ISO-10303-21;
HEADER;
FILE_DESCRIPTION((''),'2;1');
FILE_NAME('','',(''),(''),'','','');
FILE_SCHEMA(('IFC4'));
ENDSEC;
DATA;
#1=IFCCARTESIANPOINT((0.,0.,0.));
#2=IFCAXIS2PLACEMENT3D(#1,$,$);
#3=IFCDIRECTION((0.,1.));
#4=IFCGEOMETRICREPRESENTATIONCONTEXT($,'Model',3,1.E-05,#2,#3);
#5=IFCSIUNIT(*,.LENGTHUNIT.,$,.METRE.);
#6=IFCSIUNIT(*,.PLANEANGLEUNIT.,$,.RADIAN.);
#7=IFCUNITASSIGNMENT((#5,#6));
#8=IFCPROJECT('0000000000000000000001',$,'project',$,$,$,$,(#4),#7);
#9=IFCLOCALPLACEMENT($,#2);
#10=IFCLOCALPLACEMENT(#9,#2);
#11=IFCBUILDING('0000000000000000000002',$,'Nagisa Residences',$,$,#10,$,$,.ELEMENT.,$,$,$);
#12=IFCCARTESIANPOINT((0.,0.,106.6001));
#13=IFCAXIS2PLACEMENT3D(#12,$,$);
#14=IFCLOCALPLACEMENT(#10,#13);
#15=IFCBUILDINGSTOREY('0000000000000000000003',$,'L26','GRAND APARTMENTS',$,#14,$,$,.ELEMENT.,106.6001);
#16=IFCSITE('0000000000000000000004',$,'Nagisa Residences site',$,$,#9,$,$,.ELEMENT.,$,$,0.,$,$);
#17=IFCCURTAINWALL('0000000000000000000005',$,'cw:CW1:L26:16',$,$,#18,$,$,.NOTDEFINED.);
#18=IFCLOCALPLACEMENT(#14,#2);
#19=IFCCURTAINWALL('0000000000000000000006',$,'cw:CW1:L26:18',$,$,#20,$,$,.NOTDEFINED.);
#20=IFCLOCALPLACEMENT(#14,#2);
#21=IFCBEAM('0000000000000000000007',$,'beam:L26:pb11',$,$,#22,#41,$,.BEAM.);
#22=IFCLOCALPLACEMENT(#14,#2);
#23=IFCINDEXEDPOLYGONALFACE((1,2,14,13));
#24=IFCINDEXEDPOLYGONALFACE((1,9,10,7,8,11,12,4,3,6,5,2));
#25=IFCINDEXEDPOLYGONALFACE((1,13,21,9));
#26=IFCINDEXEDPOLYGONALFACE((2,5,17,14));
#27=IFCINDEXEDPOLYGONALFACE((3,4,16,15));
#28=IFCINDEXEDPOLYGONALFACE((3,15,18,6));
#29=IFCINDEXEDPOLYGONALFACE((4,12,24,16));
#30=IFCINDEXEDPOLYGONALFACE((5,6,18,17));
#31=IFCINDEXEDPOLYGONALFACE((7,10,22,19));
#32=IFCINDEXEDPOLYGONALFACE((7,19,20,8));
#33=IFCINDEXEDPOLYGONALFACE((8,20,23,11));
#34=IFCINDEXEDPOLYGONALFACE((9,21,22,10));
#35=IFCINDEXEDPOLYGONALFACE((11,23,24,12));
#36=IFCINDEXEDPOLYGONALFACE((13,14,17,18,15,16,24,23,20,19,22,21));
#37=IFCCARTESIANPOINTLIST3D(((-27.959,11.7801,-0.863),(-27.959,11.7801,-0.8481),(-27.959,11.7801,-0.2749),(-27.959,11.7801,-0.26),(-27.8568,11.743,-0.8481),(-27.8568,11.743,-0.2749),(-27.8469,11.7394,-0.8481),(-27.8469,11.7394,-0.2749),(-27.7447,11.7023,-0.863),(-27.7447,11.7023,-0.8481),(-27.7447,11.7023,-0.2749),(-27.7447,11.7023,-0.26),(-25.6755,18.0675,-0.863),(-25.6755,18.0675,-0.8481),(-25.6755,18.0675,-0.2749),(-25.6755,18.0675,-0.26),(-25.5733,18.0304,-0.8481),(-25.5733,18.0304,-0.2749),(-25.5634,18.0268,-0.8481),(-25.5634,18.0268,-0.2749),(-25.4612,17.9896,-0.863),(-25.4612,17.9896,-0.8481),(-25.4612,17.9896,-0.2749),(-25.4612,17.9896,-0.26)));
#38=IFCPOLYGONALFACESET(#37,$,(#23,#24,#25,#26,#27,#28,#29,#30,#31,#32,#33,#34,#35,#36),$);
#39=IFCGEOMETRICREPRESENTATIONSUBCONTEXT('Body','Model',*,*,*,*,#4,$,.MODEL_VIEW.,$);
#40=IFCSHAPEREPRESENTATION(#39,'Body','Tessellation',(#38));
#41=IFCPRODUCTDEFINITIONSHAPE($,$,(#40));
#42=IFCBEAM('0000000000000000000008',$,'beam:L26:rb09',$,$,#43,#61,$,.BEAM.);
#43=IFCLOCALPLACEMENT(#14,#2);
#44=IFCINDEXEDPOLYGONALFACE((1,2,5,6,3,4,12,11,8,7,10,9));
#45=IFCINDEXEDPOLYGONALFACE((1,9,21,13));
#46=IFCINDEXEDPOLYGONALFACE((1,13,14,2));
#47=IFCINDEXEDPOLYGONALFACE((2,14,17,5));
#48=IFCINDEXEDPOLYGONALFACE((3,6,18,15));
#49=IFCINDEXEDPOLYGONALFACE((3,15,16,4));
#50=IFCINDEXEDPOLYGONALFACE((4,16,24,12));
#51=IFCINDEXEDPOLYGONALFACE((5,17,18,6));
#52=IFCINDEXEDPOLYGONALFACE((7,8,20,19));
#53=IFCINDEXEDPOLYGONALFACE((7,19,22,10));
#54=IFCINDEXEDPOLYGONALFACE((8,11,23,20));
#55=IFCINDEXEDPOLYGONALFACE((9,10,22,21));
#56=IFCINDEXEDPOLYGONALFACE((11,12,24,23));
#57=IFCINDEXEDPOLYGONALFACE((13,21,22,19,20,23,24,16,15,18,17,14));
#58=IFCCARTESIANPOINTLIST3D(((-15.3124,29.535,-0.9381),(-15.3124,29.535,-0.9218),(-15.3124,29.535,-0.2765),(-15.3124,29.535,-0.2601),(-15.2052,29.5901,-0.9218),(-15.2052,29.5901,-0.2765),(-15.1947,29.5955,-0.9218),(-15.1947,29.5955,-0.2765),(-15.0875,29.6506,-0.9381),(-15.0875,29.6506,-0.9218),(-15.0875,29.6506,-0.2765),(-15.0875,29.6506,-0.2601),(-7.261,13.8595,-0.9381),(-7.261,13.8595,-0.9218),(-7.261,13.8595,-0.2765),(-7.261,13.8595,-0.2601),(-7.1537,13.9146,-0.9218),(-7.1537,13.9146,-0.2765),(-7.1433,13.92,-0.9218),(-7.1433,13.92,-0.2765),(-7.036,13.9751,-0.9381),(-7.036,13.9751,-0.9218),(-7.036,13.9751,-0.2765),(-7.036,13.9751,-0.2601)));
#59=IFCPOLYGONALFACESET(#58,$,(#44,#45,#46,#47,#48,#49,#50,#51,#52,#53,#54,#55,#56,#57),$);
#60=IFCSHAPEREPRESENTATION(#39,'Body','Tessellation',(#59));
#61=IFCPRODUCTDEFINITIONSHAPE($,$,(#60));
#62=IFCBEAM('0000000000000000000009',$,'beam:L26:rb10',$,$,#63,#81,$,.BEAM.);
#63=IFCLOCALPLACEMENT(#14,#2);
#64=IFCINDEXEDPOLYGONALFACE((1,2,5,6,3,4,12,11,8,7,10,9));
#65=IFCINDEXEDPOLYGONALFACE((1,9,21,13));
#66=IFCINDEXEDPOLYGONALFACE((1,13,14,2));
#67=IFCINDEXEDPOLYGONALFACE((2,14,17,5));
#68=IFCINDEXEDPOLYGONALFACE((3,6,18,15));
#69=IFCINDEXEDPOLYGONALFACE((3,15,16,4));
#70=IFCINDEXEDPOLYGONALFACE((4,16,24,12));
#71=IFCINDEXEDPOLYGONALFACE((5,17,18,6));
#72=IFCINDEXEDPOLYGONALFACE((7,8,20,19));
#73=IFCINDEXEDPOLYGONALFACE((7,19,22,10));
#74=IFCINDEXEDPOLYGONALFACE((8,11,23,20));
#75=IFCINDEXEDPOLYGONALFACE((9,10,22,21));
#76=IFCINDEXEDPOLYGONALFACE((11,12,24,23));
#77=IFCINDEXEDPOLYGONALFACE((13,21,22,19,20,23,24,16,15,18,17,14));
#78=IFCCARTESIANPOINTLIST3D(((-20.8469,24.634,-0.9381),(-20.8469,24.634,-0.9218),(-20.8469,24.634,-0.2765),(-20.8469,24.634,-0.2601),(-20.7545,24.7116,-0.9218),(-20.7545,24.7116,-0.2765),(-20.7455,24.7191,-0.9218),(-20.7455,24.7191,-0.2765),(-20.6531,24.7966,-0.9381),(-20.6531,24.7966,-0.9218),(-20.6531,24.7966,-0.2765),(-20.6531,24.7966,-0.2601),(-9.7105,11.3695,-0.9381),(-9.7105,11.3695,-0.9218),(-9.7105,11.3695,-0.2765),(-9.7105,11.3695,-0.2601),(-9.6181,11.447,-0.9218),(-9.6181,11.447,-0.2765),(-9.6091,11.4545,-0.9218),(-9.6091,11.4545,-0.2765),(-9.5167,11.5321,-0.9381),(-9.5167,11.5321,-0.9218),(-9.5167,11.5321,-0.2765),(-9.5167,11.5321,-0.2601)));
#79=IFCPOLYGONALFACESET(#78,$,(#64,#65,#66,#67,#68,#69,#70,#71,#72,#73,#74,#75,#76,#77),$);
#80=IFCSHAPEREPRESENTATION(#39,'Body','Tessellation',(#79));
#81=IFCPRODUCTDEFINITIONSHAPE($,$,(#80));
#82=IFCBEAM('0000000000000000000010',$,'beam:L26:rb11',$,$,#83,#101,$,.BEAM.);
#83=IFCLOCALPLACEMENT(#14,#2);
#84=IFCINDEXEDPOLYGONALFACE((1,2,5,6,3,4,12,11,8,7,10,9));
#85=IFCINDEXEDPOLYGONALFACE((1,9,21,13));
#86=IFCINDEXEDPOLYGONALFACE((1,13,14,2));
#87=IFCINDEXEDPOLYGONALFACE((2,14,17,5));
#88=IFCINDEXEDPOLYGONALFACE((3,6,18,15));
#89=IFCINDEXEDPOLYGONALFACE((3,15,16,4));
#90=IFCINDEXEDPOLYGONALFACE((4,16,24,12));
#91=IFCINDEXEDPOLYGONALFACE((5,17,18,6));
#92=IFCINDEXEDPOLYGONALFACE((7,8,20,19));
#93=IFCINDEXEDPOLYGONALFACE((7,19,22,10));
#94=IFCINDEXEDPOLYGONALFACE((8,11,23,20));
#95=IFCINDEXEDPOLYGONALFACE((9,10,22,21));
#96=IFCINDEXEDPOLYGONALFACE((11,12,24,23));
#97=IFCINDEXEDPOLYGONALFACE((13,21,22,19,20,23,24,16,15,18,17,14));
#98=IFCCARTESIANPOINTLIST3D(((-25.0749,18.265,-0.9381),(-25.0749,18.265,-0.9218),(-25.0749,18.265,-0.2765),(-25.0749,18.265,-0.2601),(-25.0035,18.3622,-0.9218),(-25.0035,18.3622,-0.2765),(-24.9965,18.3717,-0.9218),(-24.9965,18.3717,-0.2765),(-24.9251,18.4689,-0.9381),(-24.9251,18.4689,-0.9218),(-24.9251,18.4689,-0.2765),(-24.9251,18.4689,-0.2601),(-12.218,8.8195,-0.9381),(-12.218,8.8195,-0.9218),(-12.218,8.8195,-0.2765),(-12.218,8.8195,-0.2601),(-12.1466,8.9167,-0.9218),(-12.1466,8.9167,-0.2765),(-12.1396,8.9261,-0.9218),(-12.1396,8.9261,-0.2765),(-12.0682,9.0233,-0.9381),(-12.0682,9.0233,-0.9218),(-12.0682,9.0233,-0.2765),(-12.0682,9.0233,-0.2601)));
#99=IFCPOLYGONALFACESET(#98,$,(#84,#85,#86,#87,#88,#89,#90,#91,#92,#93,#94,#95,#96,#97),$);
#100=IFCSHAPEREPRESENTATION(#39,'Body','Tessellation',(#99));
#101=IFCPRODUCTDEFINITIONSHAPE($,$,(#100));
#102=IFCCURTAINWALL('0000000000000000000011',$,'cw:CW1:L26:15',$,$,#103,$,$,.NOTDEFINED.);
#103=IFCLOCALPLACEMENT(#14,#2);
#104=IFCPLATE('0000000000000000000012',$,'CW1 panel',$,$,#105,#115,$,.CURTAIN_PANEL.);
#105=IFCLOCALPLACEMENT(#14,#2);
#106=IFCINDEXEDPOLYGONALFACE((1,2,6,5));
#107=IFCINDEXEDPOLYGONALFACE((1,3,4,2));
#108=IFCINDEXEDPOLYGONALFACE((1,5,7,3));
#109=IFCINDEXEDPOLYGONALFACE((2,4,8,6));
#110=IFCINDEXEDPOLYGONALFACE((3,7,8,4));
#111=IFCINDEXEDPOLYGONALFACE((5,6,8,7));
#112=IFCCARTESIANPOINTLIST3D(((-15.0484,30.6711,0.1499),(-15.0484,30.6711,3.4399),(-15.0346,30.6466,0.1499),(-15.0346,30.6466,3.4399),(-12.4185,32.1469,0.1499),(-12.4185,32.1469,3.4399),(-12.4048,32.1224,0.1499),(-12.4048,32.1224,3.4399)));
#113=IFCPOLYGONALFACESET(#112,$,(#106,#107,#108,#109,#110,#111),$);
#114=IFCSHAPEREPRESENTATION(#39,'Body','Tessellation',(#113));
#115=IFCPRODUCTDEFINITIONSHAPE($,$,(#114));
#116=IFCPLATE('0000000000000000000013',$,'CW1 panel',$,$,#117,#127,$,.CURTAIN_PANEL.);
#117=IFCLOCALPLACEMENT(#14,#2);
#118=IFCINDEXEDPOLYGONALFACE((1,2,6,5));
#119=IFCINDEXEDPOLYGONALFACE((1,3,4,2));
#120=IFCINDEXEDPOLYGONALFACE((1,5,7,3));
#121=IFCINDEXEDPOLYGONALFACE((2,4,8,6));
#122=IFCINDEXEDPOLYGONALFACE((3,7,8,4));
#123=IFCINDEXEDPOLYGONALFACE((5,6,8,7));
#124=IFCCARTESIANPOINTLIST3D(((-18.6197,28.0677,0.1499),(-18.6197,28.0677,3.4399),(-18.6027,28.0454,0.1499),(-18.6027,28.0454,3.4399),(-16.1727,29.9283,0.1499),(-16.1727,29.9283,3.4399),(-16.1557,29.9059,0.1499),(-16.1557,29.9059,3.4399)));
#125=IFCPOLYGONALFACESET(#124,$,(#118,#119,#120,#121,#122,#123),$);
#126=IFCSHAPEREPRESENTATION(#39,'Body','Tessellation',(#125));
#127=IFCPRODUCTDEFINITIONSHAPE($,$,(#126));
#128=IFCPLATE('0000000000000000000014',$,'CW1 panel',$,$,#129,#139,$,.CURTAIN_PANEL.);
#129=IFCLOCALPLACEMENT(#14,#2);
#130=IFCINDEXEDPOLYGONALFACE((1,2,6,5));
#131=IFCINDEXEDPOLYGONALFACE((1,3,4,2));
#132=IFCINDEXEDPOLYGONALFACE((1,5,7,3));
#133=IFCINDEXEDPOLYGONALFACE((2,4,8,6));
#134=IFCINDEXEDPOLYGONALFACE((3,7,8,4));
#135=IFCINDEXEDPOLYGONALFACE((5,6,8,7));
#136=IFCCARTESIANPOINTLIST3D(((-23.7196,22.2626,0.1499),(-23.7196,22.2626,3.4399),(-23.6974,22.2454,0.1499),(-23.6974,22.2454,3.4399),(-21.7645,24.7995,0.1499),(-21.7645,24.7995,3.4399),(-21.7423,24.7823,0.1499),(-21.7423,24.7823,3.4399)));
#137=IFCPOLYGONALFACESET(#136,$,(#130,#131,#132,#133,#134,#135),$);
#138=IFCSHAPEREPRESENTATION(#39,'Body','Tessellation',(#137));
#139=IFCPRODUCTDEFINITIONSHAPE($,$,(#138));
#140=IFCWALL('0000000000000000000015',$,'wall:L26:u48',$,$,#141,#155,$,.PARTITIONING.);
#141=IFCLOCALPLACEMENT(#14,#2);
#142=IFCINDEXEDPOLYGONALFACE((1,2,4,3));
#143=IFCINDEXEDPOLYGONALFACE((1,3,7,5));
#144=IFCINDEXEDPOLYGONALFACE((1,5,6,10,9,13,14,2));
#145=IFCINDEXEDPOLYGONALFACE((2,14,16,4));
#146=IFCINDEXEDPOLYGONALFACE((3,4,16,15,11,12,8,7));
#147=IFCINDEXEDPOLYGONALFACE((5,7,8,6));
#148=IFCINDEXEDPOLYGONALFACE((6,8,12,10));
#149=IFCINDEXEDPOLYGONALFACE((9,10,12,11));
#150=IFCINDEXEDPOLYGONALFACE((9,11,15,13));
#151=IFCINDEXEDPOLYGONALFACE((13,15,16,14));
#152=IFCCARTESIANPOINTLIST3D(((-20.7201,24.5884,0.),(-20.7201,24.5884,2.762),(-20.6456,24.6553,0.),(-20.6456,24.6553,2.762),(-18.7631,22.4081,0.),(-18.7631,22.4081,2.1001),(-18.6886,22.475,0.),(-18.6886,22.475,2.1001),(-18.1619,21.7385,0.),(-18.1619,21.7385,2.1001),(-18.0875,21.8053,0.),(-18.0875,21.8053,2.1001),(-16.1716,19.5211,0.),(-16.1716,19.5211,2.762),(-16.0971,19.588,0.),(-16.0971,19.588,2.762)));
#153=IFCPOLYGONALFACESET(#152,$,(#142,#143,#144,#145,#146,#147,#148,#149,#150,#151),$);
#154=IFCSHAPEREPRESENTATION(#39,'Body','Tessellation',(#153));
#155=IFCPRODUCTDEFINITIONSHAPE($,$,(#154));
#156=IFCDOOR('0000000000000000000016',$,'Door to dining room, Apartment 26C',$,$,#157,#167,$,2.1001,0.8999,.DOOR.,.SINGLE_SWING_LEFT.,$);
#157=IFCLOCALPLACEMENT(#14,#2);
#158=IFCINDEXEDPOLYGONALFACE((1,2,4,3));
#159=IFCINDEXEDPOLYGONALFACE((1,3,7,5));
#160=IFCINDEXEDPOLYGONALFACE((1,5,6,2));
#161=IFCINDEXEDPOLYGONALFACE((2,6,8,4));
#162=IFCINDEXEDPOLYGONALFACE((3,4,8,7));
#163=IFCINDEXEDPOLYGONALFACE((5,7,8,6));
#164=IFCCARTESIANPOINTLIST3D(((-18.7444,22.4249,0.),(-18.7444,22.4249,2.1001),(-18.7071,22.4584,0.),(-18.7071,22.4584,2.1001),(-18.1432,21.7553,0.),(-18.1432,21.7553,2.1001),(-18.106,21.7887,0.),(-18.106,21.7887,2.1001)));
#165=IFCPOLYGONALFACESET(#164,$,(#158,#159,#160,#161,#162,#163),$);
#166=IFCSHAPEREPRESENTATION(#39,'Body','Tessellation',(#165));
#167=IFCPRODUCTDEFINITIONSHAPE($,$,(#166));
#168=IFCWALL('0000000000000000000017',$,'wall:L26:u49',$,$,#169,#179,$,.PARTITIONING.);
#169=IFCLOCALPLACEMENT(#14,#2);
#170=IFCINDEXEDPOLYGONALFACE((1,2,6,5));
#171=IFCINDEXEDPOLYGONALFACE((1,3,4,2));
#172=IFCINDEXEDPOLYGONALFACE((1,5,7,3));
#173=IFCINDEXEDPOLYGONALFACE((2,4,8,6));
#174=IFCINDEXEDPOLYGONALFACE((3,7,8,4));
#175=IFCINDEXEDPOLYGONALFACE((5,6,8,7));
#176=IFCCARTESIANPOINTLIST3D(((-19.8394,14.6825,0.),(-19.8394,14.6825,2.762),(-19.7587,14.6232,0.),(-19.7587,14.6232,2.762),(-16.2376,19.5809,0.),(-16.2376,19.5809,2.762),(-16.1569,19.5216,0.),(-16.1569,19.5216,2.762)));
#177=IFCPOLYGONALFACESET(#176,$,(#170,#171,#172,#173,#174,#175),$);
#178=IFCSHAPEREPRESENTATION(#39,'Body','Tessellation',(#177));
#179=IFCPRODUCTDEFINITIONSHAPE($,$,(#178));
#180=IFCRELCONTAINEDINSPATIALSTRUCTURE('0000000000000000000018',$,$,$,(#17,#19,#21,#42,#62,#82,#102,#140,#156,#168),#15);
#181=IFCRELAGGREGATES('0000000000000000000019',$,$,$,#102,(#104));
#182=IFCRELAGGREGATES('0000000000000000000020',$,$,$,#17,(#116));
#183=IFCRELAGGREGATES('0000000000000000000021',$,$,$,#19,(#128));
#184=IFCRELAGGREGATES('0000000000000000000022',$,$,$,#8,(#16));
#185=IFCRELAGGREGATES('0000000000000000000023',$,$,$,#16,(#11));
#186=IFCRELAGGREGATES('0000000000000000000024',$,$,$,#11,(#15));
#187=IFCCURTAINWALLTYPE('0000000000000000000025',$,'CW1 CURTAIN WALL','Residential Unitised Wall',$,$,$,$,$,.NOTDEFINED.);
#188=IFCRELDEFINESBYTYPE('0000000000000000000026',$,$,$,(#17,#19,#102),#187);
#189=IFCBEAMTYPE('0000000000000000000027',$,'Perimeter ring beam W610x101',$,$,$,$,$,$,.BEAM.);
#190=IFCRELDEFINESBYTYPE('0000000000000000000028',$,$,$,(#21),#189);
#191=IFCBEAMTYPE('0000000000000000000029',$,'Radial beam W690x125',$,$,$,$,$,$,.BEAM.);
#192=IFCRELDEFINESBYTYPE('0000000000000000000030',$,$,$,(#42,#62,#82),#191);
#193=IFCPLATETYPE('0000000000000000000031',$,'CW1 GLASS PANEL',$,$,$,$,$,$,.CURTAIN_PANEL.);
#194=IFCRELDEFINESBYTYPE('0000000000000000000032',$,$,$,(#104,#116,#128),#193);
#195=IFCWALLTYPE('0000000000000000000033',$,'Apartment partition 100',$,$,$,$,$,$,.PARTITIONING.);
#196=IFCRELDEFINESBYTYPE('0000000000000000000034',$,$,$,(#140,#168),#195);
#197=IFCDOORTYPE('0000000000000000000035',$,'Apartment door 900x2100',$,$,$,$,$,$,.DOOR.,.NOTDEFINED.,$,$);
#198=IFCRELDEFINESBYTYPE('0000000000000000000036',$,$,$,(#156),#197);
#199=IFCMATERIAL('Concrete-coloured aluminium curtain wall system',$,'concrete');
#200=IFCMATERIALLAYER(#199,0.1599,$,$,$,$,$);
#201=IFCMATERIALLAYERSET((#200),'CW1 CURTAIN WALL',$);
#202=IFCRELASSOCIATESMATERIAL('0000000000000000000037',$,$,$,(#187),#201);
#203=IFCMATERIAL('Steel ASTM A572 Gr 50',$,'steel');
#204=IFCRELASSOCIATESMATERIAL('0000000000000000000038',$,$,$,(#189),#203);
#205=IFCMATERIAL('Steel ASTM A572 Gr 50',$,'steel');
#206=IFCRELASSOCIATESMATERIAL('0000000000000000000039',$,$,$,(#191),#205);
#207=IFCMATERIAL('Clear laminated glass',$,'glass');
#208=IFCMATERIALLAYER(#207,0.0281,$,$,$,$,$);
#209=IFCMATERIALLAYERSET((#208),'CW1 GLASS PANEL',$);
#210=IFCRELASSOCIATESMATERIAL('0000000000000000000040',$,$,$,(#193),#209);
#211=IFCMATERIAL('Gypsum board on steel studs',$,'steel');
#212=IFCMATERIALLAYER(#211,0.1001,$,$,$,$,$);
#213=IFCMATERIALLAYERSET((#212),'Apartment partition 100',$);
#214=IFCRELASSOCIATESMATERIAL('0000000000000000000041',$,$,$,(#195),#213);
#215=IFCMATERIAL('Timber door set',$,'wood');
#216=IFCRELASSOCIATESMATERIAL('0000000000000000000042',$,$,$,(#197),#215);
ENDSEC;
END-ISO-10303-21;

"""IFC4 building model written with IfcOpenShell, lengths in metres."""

from ifc_helpers import new_model, si_unit, direction, frame, frame_2d, origin, origin_2d, place, context, subcontext, project, spatial, rectangle, i_section, extrude, material, layer, layer_set, material_profile, profile_set, type_object, element, fill, aggregate, save


model = new_model("IFC4")

# Units and contexts
model_context = context("Model", 3, precision=1e-05, world=origin(), true_north=direction((0.0, 1.0)))
body_context = subcontext(model_context, "Body", "Model", "MODEL_VIEW")
ifc_project = project(units=[si_unit("LENGTHUNIT", "METRE"), si_unit("PLANEANGLEUNIT", "RADIAN")], contexts=[model_context])

# Site, building, storey
site_placement = place(None, origin())
site = spatial("IfcSite", under=ifc_project, at=site_placement, Name="Nagisa Residences site", CompositionType="ELEMENT", RefElevation=0.0)
building_placement = place(site_placement, origin())
building = spatial("IfcBuilding", under=site, at=building_placement, Name="Nagisa Residences", CompositionType="ELEMENT")
storey_placement = place(building_placement, frame((0.0, 0.0, 106.6001)))
storey = spatial("IfcBuildingStorey", under=building, at=storey_placement, Name="L26", Description="GRAND APARTMENTS", CompositionType="ELEMENT", Elevation=106.6001)

# Curtain walls
ifc_material_1 = material(Name="Concrete-coloured aluminium curtain wall system", Category="concrete")
ifc_layer_1 = layer(ifc_material_1, 0.1599)
ifc_layer_set_1 = layer_set([ifc_layer_1], Name="CW1 CURTAIN WALL")
curtain_wall_type = type_object("IfcCurtainWallType", Name="CW1 CURTAIN WALL", Description="Residential Unitised Wall", PredefinedType="NOTDEFINED", material=ifc_layer_set_1)
curtain_wall_1_placement = place(storey_placement, origin())
curtain_wall_1 = element("IfcCurtainWall", 1, at=curtain_wall_1_placement, inside=storey, type_object=curtain_wall_type, Name="cw:CW1:L26:16", PredefinedType="NOTDEFINED")
curtain_wall_2_placement = place(storey_placement, origin())
curtain_wall_2 = element("IfcCurtainWall", 2, at=curtain_wall_2_placement, inside=storey, type_object=curtain_wall_type, Name="cw:CW1:L26:18", PredefinedType="NOTDEFINED")

# Beams
ifc_material_2 = material(Name="Steel ASTM A572 Gr 50", Category="steel")
ifc_material_profile_1 = material_profile(ifc_material_2, i_section(OverallWidth=0.228, OverallDepth=0.603, WebThickness=0.0105, FlangeThickness=0.0149, at=origin_2d()), Name="W610x101")
ifc_profile_set_1 = profile_set([ifc_material_profile_1], Name="Steel ASTM A572 Gr 50")
beam_type_1 = type_object("IfcBeamType", Name="Perimeter ring beam W610x101", PredefinedType="BEAM", material=ifc_profile_set_1)
beam_1_placement = place(storey_placement, frame((-25.5684, 18.0286, -0.5615), z_axis=(-0.341365, -0.939931, 0.0), x_axis=(0.939931, -0.341365, 0.0)))
element("IfcBeam", 3, at=beam_1_placement, inside=storey, type_object=beam_type_1, Name="beam:L26:pb11", PredefinedType="BEAM", context=body_context, shape_type="SweptSolid", body=[
    extrude(i_section(OverallWidth=0.228, OverallDepth=0.603, WebThickness=0.0105, FlangeThickness=0.0149, at=origin_2d()), origin(), (0.0, 0.0, 1.0), 6.6892),
])
ifc_material_3 = material(Name="Steel ASTM A572 Gr 50", Category="steel")
ifc_material_profile_2 = material_profile(ifc_material_3, i_section(OverallWidth=0.2529, OverallDepth=0.678, WebThickness=0.0117, FlangeThickness=0.0164, at=origin_2d()), Name="W690x125")
ifc_profile_set_2 = profile_set([ifc_material_profile_2], Name="Steel ASTM A572 Gr 50")
beam_type_2 = type_object("IfcBeamType", Name="Radial beam W690x125", PredefinedType="BEAM", material=ifc_profile_set_2)
beam_2_placement = place(storey_placement, frame((-15.2, 29.5928, -0.5991), z_axis=(0.456891, -0.889523, 0.0), x_axis=(0.889523, 0.456891, 0.0)))
element("IfcBeam", 4, at=beam_2_placement, inside=storey, type_object=beam_type_2, Name="beam:L26:rb09", PredefinedType="BEAM", context=body_context, shape_type="SweptSolid", body=[
    extrude(i_section(OverallWidth=0.2529, OverallDepth=0.678, WebThickness=0.0117, FlangeThickness=0.0164, at=origin_2d()), origin(), (0.0, 0.0, 1.0), 17.6223),
])
beam_3_placement = place(storey_placement, frame((-20.75, 24.7153, -0.5991), z_axis=(0.642995, -0.765871, 0.0), x_axis=(0.765871, 0.642995, 0.0)))
element("IfcBeam", 5, at=beam_3_placement, inside=storey, type_object=beam_type_2, Name="beam:L26:rb10", PredefinedType="BEAM", context=body_context, shape_type="SweptSolid", body=[
    extrude(i_section(OverallWidth=0.2529, OverallDepth=0.678, WebThickness=0.0117, FlangeThickness=0.0164, at=origin_2d()), origin(), (0.0, 0.0, 1.0), 17.3196),
])
beam_4_placement = place(storey_placement, frame((-25.0, 18.3669, -0.5991), z_axis=(0.805892, -0.592062, 0.0), x_axis=(0.592062, 0.805892, 0.0)))
element("IfcBeam", 6, at=beam_4_placement, inside=storey, type_object=beam_type_2, Name="beam:L26:rb11", PredefinedType="BEAM", context=body_context, shape_type="SweptSolid", body=[
    extrude(i_section(OverallWidth=0.2529, OverallDepth=0.678, WebThickness=0.0117, FlangeThickness=0.0164, at=origin_2d()), origin(), (0.0, 0.0, 1.0), 15.9536),
])

# Curtain wall, plate
curtain_wall_3_placement = place(storey_placement, origin())
curtain_wall_3 = element("IfcCurtainWall", 7, at=curtain_wall_3_placement, inside=storey, type_object=curtain_wall_type, Name="cw:CW1:L26:15", PredefinedType="NOTDEFINED")
ifc_material_4 = material(Name="Clear laminated glass", Category="glass")
ifc_layer_2 = layer(ifc_material_4, 0.0281)
ifc_layer_set_2 = layer_set([ifc_layer_2], Name="CW1 GLASS PANEL")
plate_type = type_object("IfcPlateType", Name="CW1 GLASS PANEL", PredefinedType="CURTAIN_PANEL", material=ifc_layer_set_2)
plate_1_placement = place(storey_placement, frame((-13.7266, 31.3967, 0.1499), z_axis=(0.0, 0.0, 1.0), x_axis=(-0.872072, -0.489377, 0.0)))
plate_1 = element("IfcPlate", 8, at=plate_1_placement, type_object=plate_type, Name="CW1 panel", PredefinedType="CURTAIN_PANEL", context=body_context, shape_type="SweptSolid", body=[
    extrude(rectangle(XDim=3.0156, YDim=0.0281, at=origin_2d()), origin(), (0.0, 0.0, 1.0), 3.29),
])
aggregate(curtain_wall_3, [plate_1])

# Plates
plate_2_placement = place(storey_placement, frame((-17.3877, 28.9868, 0.1499), z_axis=(0.0, 0.0, 1.0), x_axis=(-0.796031, -0.605255, 0.0)))
plate_2 = element("IfcPlate", 9, at=plate_2_placement, type_object=plate_type, Name="CW1 panel", PredefinedType="CURTAIN_PANEL", context=body_context, shape_type="SweptSolid", body=[
    extrude(rectangle(XDim=3.074, YDim=0.0281, at=origin_2d()), origin(), (0.0, 0.0, 1.0), 3.29),
])
aggregate(curtain_wall_1, [plate_2])
plate_3_placement = place(storey_placement, frame((-22.731, 23.5225, 0.1499), z_axis=(0.0, 0.0, 1.0), x_axis=(-0.61043, -0.79207, 0.0)))
plate_3 = element("IfcPlate", 10, at=plate_3_placement, type_object=plate_type, Name="CW1 panel", PredefinedType="CURTAIN_PANEL", context=body_context, shape_type="SweptSolid", body=[
    extrude(rectangle(XDim=3.2029, YDim=0.0281, at=origin_2d()), origin(), (0.0, 0.0, 1.0), 3.29),
])
aggregate(curtain_wall_2, [plate_3])

# Wall, opening, door
ifc_material_5 = material(Name="Gypsum board on steel studs", Category="steel")
ifc_layer_3 = layer(ifc_material_5, 0.1001)
ifc_layer_set_3 = layer_set([ifc_layer_3], Name="Apartment partition 100")
wall_type_1 = type_object("IfcWallType", Name="Apartment partition 100", PredefinedType="PARTITIONING", material=ifc_layer_set_3)
wall_1_placement = place(storey_placement, frame((-16.1343, 19.5544, 0.0), z_axis=(0.0, 0.0, 1.0), x_axis=(-0.667986, 0.744174, 0.0)))
wall_1 = element("IfcWall", 11, at=wall_1_placement, inside=storey, type_object=wall_type_1, Name="wall:L26:u48", PredefinedType="PARTITIONING", context=body_context, shape_type="SweptSolid", body=[
    extrude(rectangle(XDim=6.8093, YDim=0.1001, at=frame_2d((3.4048, 0.0))), origin(), (0.0, 0.0, 1.0), 2.762),
])
opening_1_placement = place(wall_1_placement, frame((2.9797, 0.0, 0.0)))
opening_1 = element("IfcOpeningElement", 12, at=opening_1_placement, cuts=wall_1, PredefinedType="OPENING", context=body_context, shape_type="SweptSolid", body=[
    extrude(rectangle(XDim=0.8999, YDim=2.1001, at=frame_2d((0.45, 1.05))), frame((0.0, 0.0601, 0.0), z_axis=(0.0, -1.0, 0.0), x_axis=(1.0, 0.0, 0.0)), (0.0, 0.0, 1.0), 0.1201),
])
ifc_material_6 = material(Name="Timber door set", Category="wood")
door_type_1 = type_object("IfcDoorType", Name="Apartment door 900x2100", OperationType="NOTDEFINED", PredefinedType="DOOR", material=ifc_material_6)
door_1_placement = place(opening_1_placement, origin())
door_1 = element("IfcDoor", 13, at=door_1_placement, inside=storey, type_object=door_type_1, Name="Door to dining room, Apartment 26C", OperationType="SINGLE_SWING_LEFT", OverallHeight=2.1001, OverallWidth=0.8999, PredefinedType="DOOR", context=body_context, shape_type="SweptSolid", body=[
    extrude(rectangle(XDim=0.8999, YDim=2.1001, at=frame_2d((0.45, 1.05))), frame((0.0, 0.0249, 0.0), z_axis=(0.0, -1.0, 0.0), x_axis=(1.0, 0.0, 0.0)), (0.0, 0.0, 1.0), 0.05),
])
fill(opening_1, door_1)

# Wall
wall_2_placement = place(storey_placement, frame((-16.1973, 19.5513, 0.0), z_axis=(0.0, 0.0, 1.0), x_axis=(-0.592392, -0.80565, 0.0)))
element("IfcWall", 14, at=wall_2_placement, inside=storey, type_object=wall_type_1, Name="wall:L26:u49", PredefinedType="PARTITIONING", context=body_context, shape_type="SweptSolid", body=[
    extrude(rectangle(XDim=6.0801, YDim=0.1001, at=frame_2d((3.04, 0.0))), origin(), (0.0, 0.0, 1.0), 2.762),
])

save(model, "model.ifc")
